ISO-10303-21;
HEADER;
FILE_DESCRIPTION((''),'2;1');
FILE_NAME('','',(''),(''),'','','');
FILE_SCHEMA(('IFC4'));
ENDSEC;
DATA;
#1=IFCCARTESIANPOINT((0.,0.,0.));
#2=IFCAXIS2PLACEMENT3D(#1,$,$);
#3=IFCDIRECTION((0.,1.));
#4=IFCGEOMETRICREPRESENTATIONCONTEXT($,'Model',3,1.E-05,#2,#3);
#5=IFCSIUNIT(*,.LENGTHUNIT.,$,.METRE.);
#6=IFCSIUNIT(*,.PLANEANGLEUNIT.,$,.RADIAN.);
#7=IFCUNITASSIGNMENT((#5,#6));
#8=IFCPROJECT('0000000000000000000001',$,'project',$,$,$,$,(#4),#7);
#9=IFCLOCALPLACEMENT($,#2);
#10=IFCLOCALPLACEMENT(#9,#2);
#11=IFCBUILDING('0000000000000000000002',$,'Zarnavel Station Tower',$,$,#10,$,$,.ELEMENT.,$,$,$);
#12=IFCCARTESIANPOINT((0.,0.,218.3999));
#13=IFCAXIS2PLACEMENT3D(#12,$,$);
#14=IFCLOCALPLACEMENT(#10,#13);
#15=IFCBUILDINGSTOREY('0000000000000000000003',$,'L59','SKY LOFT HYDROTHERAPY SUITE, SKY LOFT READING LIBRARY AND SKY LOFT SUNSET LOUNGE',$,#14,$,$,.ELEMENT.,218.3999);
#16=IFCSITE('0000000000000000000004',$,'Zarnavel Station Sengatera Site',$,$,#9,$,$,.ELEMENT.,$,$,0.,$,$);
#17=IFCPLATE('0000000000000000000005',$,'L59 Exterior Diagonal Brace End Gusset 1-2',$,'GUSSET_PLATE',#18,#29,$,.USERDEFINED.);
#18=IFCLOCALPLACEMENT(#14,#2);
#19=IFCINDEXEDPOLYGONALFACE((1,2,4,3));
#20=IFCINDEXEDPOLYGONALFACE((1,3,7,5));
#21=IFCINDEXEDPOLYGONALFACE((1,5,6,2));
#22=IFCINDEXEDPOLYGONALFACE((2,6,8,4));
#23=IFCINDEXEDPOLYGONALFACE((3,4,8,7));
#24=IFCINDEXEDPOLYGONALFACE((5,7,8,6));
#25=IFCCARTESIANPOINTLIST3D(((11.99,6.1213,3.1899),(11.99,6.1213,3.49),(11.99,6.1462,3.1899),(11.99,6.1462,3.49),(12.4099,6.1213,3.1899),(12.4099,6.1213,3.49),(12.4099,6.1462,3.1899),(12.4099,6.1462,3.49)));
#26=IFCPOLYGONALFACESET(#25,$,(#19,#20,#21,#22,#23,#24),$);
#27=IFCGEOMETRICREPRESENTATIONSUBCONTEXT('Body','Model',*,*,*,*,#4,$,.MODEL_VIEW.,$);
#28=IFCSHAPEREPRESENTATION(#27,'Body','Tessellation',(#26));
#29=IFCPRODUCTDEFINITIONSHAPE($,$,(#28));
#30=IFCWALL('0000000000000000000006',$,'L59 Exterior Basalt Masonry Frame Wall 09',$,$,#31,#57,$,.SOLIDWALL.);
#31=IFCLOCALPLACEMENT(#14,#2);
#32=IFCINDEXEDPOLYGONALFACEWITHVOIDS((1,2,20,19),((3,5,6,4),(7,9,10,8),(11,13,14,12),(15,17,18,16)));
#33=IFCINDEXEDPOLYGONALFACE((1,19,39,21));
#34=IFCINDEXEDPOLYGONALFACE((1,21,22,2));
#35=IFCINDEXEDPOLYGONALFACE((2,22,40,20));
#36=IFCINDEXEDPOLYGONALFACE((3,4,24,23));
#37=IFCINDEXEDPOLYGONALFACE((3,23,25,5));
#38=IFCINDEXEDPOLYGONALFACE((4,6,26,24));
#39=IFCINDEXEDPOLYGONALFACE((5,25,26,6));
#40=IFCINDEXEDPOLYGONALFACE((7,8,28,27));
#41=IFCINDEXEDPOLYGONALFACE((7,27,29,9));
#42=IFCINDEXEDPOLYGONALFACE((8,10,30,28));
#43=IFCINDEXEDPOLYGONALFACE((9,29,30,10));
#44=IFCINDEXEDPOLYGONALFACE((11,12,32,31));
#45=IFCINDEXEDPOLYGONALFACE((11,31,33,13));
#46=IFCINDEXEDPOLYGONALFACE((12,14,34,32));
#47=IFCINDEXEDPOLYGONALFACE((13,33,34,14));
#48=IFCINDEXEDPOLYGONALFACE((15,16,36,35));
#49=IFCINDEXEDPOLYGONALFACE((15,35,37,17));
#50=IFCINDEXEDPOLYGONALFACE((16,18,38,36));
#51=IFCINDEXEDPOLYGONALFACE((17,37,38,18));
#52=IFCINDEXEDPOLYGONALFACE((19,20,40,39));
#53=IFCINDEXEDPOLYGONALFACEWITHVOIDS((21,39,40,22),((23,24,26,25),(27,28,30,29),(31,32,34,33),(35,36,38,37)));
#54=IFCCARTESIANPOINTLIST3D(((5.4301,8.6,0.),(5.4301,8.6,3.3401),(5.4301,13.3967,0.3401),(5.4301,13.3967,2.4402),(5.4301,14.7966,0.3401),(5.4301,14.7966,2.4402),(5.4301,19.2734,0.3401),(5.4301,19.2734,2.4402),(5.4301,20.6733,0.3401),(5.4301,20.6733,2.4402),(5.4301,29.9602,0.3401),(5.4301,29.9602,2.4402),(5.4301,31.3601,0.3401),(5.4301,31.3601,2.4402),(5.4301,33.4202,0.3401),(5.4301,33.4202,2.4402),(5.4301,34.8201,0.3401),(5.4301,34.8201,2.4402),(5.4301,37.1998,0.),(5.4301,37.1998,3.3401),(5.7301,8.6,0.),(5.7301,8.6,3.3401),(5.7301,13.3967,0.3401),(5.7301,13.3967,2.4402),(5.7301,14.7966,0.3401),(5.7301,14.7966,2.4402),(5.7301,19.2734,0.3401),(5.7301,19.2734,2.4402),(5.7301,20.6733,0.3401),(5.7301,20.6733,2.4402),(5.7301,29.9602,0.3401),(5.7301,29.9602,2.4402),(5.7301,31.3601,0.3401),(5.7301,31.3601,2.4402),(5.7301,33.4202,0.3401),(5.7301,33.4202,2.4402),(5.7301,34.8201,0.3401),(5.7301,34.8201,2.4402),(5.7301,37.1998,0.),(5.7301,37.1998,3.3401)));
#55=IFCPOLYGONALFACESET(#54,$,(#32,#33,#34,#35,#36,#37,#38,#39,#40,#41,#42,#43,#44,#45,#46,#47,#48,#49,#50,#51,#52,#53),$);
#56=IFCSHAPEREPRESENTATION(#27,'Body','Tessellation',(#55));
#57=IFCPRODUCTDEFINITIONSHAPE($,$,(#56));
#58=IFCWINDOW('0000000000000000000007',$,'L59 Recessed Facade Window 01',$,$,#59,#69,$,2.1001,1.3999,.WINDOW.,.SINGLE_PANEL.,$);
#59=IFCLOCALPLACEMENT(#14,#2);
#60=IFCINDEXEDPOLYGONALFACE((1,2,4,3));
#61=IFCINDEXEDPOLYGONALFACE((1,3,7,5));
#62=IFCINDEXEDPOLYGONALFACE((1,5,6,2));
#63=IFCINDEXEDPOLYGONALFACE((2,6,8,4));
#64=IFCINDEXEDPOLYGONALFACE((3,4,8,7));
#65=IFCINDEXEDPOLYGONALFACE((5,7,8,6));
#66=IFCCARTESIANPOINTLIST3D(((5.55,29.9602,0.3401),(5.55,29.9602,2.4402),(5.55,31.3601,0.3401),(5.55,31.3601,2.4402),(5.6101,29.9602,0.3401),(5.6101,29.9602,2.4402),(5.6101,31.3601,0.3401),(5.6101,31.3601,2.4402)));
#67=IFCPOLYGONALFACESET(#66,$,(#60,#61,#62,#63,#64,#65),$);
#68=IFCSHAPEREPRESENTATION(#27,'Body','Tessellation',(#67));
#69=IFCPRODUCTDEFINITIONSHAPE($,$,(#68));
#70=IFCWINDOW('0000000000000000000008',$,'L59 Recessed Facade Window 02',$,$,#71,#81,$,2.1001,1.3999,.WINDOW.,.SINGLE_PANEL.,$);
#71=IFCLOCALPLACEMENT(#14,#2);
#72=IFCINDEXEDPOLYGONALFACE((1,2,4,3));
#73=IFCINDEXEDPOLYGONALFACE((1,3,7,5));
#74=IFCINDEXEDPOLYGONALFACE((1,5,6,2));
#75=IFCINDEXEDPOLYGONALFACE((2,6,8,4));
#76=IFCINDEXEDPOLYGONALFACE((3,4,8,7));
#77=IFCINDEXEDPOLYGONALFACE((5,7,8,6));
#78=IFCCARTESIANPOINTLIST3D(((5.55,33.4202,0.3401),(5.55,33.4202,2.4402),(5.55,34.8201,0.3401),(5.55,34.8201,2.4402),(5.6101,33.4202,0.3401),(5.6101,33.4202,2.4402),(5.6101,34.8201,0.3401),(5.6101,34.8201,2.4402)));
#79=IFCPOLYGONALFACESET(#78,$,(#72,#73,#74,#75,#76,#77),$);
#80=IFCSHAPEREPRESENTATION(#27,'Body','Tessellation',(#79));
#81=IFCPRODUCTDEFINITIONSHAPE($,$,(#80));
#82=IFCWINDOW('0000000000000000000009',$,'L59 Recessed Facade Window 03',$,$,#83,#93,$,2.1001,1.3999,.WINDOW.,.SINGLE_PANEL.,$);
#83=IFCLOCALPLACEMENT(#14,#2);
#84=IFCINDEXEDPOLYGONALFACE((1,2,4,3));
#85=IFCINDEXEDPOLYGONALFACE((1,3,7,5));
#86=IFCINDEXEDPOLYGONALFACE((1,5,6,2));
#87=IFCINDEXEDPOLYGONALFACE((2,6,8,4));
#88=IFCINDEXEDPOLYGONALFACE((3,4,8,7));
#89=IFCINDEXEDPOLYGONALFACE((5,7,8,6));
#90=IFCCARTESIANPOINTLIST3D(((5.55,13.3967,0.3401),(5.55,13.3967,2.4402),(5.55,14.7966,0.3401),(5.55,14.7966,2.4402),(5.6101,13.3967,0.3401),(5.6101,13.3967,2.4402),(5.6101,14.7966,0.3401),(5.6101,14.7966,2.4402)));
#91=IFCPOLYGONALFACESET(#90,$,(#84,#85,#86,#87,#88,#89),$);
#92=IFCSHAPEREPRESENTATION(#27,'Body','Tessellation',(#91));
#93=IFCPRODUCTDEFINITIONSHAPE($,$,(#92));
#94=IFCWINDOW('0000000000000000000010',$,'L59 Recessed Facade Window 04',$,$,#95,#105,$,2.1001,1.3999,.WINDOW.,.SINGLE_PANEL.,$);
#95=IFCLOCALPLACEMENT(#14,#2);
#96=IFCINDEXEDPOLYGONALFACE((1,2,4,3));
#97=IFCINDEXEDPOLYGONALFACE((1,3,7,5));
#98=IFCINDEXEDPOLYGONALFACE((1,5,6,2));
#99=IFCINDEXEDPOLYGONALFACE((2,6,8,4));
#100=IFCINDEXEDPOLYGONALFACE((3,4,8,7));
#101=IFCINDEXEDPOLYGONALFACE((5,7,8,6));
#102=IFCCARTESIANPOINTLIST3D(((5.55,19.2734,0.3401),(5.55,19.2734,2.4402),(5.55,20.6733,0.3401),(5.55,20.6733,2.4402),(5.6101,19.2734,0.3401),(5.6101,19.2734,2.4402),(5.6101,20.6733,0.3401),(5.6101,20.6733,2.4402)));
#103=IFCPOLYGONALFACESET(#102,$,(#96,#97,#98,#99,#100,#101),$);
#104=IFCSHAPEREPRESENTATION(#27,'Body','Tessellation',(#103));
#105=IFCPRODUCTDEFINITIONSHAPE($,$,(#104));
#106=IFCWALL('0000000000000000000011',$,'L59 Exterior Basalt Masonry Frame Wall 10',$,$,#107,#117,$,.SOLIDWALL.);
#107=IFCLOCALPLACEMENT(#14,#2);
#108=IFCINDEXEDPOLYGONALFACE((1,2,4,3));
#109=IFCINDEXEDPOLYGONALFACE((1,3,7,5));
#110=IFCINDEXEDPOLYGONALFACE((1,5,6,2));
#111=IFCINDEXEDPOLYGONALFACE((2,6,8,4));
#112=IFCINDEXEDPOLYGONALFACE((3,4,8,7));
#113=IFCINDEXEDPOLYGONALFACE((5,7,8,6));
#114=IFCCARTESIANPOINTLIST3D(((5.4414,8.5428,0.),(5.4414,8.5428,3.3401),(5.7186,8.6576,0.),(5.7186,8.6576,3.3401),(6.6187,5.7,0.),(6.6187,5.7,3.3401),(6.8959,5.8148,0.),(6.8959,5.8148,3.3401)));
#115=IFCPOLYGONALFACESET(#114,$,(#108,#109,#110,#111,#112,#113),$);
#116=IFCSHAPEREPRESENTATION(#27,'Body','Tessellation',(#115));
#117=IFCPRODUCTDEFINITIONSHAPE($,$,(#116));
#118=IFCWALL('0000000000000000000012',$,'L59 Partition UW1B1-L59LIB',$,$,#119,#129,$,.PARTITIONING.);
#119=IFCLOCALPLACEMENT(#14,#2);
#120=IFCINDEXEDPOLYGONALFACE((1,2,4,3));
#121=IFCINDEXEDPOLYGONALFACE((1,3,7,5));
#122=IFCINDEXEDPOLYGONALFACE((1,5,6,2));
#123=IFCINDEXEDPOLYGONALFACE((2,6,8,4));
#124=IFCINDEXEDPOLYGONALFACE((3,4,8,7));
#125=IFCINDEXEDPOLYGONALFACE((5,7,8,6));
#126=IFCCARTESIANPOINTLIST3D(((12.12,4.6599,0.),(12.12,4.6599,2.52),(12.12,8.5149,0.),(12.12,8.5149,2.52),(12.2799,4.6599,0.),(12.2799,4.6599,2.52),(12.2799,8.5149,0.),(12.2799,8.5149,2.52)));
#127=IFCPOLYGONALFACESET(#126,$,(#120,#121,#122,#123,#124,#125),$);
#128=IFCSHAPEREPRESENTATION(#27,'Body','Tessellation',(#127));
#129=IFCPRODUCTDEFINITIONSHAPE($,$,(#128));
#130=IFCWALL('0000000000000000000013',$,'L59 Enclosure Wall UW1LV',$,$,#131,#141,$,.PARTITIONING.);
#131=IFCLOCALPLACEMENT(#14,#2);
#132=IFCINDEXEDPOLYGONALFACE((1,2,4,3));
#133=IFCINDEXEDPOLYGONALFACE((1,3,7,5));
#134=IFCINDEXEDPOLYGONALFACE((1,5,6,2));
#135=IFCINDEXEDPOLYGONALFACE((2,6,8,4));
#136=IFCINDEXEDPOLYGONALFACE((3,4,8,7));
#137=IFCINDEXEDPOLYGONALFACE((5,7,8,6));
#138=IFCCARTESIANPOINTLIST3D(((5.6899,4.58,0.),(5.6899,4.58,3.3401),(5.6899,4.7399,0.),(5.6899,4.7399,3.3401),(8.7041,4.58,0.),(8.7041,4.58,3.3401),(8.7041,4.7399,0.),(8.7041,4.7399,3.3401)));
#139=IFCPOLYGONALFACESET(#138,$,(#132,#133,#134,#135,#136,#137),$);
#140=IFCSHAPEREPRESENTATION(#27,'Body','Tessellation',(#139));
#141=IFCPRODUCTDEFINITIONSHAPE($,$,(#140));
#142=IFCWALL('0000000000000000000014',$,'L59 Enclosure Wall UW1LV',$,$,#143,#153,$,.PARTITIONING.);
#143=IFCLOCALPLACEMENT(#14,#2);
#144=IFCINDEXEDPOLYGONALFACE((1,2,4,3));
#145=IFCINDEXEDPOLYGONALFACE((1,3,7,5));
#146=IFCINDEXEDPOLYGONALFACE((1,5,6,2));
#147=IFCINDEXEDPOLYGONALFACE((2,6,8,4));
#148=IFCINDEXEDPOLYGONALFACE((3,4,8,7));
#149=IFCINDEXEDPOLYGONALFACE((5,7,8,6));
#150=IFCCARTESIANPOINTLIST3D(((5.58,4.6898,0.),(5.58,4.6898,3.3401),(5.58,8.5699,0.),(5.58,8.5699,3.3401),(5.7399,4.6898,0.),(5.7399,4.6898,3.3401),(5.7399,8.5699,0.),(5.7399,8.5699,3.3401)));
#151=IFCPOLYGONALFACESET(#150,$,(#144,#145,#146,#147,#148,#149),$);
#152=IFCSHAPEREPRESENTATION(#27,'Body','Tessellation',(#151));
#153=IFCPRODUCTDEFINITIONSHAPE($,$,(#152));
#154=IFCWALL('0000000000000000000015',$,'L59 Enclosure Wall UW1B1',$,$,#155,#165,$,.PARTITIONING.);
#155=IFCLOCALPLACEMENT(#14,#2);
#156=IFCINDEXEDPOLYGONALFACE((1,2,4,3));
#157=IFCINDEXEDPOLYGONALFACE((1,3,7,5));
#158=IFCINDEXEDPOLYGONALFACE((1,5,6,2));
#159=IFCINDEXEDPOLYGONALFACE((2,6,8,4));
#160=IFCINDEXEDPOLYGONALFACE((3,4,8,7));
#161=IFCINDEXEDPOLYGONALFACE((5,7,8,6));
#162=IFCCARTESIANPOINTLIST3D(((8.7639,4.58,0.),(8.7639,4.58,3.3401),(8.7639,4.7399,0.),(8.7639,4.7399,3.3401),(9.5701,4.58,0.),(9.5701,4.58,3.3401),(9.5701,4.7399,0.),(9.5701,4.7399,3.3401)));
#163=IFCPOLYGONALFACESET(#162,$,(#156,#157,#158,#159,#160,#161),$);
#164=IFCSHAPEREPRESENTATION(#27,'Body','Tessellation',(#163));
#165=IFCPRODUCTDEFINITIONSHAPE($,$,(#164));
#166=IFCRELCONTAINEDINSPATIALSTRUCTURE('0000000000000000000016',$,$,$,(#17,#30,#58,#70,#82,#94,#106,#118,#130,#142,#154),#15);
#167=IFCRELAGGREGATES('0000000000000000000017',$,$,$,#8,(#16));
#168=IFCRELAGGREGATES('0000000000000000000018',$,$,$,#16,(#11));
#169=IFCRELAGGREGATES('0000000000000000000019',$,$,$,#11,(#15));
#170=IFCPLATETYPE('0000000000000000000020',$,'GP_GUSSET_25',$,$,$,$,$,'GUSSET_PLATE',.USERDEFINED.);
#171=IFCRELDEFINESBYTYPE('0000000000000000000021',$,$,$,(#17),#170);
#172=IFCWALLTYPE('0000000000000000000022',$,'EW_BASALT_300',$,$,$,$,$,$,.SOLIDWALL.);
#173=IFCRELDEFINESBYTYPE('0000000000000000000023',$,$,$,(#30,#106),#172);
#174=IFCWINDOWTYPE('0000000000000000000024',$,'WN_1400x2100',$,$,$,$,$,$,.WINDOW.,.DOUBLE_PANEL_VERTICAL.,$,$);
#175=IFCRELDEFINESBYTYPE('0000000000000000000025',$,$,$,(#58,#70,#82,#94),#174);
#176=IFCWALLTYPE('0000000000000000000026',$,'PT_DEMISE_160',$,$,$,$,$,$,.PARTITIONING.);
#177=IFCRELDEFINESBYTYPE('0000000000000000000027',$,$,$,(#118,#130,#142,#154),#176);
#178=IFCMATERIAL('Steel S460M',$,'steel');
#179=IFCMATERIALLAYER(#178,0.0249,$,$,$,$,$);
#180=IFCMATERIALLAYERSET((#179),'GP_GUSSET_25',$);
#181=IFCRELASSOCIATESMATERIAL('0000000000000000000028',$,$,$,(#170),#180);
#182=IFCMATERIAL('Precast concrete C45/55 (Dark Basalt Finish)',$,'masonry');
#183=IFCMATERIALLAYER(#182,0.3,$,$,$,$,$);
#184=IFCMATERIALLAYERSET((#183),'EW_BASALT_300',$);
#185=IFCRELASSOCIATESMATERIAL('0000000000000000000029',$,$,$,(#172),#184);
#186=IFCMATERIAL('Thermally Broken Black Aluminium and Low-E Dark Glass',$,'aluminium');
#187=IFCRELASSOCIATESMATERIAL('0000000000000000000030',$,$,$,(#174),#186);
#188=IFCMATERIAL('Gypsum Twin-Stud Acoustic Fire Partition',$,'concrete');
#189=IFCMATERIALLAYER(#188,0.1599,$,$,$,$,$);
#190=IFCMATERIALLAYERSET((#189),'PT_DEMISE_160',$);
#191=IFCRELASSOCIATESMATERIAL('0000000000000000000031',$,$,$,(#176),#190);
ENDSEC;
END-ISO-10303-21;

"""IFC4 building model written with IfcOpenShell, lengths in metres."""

from ifc_helpers import new_model, si_unit, direction, frame, frame_2d, origin, origin_2d, place, context, subcontext, project, spatial, rectangle, extrude, material, layer, layer_set, type_object, element, fill, save


model = new_model("IFC4")

# Units and contexts
model_context = context("Model", 3, precision=1e-05, world=origin(), true_north=direction((0.0, 1.0)))
body_context = subcontext(model_context, "Body", "Model", "MODEL_VIEW")
ifc_project = project(units=[si_unit("LENGTHUNIT", "METRE"), si_unit("PLANEANGLEUNIT", "RADIAN")], contexts=[model_context])

# Site, building, storey
site_placement = place(None, origin())
site = spatial("IfcSite", under=ifc_project, at=site_placement, Name="Zarnavel Station Sengatera Site", CompositionType="ELEMENT", RefElevation=0.0)
building_placement = place(site_placement, origin())
building = spatial("IfcBuilding", under=site, at=building_placement, Name="Zarnavel Station Tower", CompositionType="ELEMENT")
storey_placement = place(building_placement, frame((0.0, 0.0, 218.3999)))
storey = spatial("IfcBuildingStorey", under=building, at=storey_placement, Name="L59", Description="SKY LOFT HYDROTHERAPY SUITE, SKY LOFT READING LIBRARY AND SKY LOFT SUNSET LOUNGE", CompositionType="ELEMENT", Elevation=218.3999)

# Plate
ifc_material_1 = material(Name="Steel S460M", Category="steel")
ifc_layer_1 = layer(ifc_material_1, 0.0249)
ifc_layer_set_1 = layer_set([ifc_layer_1], Name="GP_GUSSET_25")
plate_type = type_object("IfcPlateType", Name="GP_GUSSET_25", ElementType="GUSSET_PLATE", PredefinedType="USERDEFINED", material=ifc_layer_set_1)
plate_placement = place(storey_placement, frame((12.2, 6.1338, 3.1899), z_axis=(0.0, 0.0, 1.0), x_axis=(1.0, 0.0, 0.0)))
element("IfcPlate", 1, at=plate_placement, inside=storey, type_object=plate_type, Name="L59 Exterior Diagonal Brace End Gusset 1-2", ObjectType="GUSSET_PLATE", PredefinedType="USERDEFINED", context=body_context, shape_type="SweptSolid", body=[
    extrude(rectangle(XDim=0.4199, YDim=0.0249, at=origin_2d()), origin(), (0.0, 0.0, 1.0), 0.3),
])

# Wall, openings, windows
ifc_material_2 = material(Name="Precast concrete C45/55 (Dark Basalt Finish)", Category="masonry")
ifc_layer_2 = layer(ifc_material_2, 0.3)
ifc_layer_set_2 = layer_set([ifc_layer_2], Name="EW_BASALT_300")
wall_type_1 = type_object("IfcWallType", Name="EW_BASALT_300", PredefinedType="SOLIDWALL", material=ifc_layer_set_2)
wall_1_placement = place(storey_placement, frame((5.5801, 8.6001, 0.0), z_axis=(0.0, 0.0, 1.0), x_axis=(0.0, 1.0, 0.0)))
wall_1 = element("IfcWall", 2, at=wall_1_placement, inside=storey, type_object=wall_type_1, Name="L59 Exterior Basalt Masonry Frame Wall 09", PredefinedType="SOLIDWALL", context=body_context, shape_type="SweptSolid", body=[
    extrude(rectangle(XDim=28.5999, YDim=0.3, at=frame_2d((14.2998, 0.0))), origin(), (0.0, 0.0, 1.0), 3.3401),
])
opening_1_placement = place(wall_1_placement, frame((21.3601, 0.0, 0.3401)))
opening_1 = element("IfcOpeningElement", 3, at=opening_1_placement, cuts=wall_1, PredefinedType="OPENING", context=body_context, shape_type="SweptSolid", body=[
    extrude(rectangle(XDim=1.3999, YDim=2.1001, at=frame_2d((0.7, 1.05))), frame((0.0, 0.1599, 0.0), z_axis=(0.0, -1.0, 0.0), x_axis=(1.0, 0.0, 0.0)), (0.0, 0.0, 1.0), 0.3201),
])
opening_2_placement = place(wall_1_placement, frame((24.8201, 0.0, 0.3401)))
opening_2 = element("IfcOpeningElement", 4, at=opening_2_placement, cuts=wall_1, PredefinedType="OPENING", context=body_context, shape_type="SweptSolid", body=[
    extrude(rectangle(XDim=1.3999, YDim=2.1001, at=frame_2d((0.7, 1.05))), frame((0.0, 0.1599, 0.0), z_axis=(0.0, -1.0, 0.0), x_axis=(1.0, 0.0, 0.0)), (0.0, 0.0, 1.0), 0.3201),
])
opening_3_placement = place(wall_1_placement, frame((4.7966, 0.0, 0.3401)))
opening_3 = element("IfcOpeningElement", 5, at=opening_3_placement, cuts=wall_1, PredefinedType="OPENING", context=body_context, shape_type="SweptSolid", body=[
    extrude(rectangle(XDim=1.3999, YDim=2.1001, at=frame_2d((0.7, 1.05))), frame((0.0, 0.1599, 0.0), z_axis=(0.0, -1.0, 0.0), x_axis=(1.0, 0.0, 0.0)), (0.0, 0.0, 1.0), 0.3201),
])
opening_4_placement = place(wall_1_placement, frame((10.6733, 0.0, 0.3401)))
opening_4 = element("IfcOpeningElement", 6, at=opening_4_placement, cuts=wall_1, PredefinedType="OPENING", context=body_context, shape_type="SweptSolid", body=[
    extrude(rectangle(XDim=1.3999, YDim=2.1001, at=frame_2d((0.7, 1.05))), frame((0.0, 0.1599, 0.0), z_axis=(0.0, -1.0, 0.0), x_axis=(1.0, 0.0, 0.0)), (0.0, 0.0, 1.0), 0.3201),
])
ifc_material_3 = material(Name="Thermally Broken Black Aluminium and Low-E Dark Glass", Category="aluminium")
window_type = type_object("IfcWindowType", Name="WN_1400x2100", PartitioningType="DOUBLE_PANEL_VERTICAL", PredefinedType="WINDOW", material=ifc_material_3)
window_1_placement = place(opening_1_placement, origin())
window_1 = element("IfcWindow", 7, at=window_1_placement, inside=storey, type_object=window_type, Name="L59 Recessed Facade Window 01", OverallHeight=2.1001, OverallWidth=1.3999, PartitioningType="SINGLE_PANEL", PredefinedType="WINDOW", context=body_context, shape_type="SweptSolid", body=[
    extrude(rectangle(XDim=1.3999, YDim=2.1001, at=frame_2d((0.7, 1.05))), frame((0.0, 0.03, 0.0), z_axis=(0.0, -1.0, 0.0), x_axis=(1.0, 0.0, 0.0)), (0.0, 0.0, 1.0), 0.0601),
])
fill(opening_1, window_1)
window_2_placement = place(opening_2_placement, origin())
window_2 = element("IfcWindow", 8, at=window_2_placement, inside=storey, type_object=window_type, Name="L59 Recessed Facade Window 02", OverallHeight=2.1001, OverallWidth=1.3999, PartitioningType="SINGLE_PANEL", PredefinedType="WINDOW", context=body_context, shape_type="SweptSolid", body=[
    extrude(rectangle(XDim=1.3999, YDim=2.1001, at=frame_2d((0.7, 1.05))), frame((0.0, 0.03, 0.0), z_axis=(0.0, -1.0, 0.0), x_axis=(1.0, 0.0, 0.0)), (0.0, 0.0, 1.0), 0.0601),
])
fill(opening_2, window_2)
window_3_placement = place(opening_3_placement, origin())
window_3 = element("IfcWindow", 9, at=window_3_placement, inside=storey, type_object=window_type, Name="L59 Recessed Facade Window 03", OverallHeight=2.1001, OverallWidth=1.3999, PartitioningType="SINGLE_PANEL", PredefinedType="WINDOW", context=body_context, shape_type="SweptSolid", body=[
    extrude(rectangle(XDim=1.3999, YDim=2.1001, at=frame_2d((0.7, 1.05))), frame((0.0, 0.03, 0.0), z_axis=(0.0, -1.0, 0.0), x_axis=(1.0, 0.0, 0.0)), (0.0, 0.0, 1.0), 0.0601),
])
fill(opening_3, window_3)
window_4_placement = place(opening_4_placement, origin())
window_4 = element("IfcWindow", 10, at=window_4_placement, inside=storey, type_object=window_type, Name="L59 Recessed Facade Window 04", OverallHeight=2.1001, OverallWidth=1.3999, PartitioningType="SINGLE_PANEL", PredefinedType="WINDOW", context=body_context, shape_type="SweptSolid", body=[
    extrude(rectangle(XDim=1.3999, YDim=2.1001, at=frame_2d((0.7, 1.05))), frame((0.0, 0.03, 0.0), z_axis=(0.0, -1.0, 0.0), x_axis=(1.0, 0.0, 0.0)), (0.0, 0.0, 1.0), 0.0601),
])
fill(opening_4, window_4)

# Walls
wall_2_placement = place(storey_placement, frame((6.7573, 5.7573, 0.0), z_axis=(0.0, 0.0, 1.0), x_axis=(-0.382609, 0.92391, 0.0)))
element("IfcWall", 11, at=wall_2_placement, inside=storey, type_object=wall_type_1, Name="L59 Exterior Basalt Masonry Frame Wall 10", PredefinedType="SOLIDWALL", context=body_context, shape_type="SweptSolid", body=[
    extrude(rectangle(XDim=3.0769, YDim=0.3, at=frame_2d((1.5386, 0.0))), origin(), (0.0, 0.0, 1.0), 3.3401),
])
ifc_material_4 = material(Name="Gypsum Twin-Stud Acoustic Fire Partition", Category="concrete")
ifc_layer_3 = layer(ifc_material_4, 0.1599)
ifc_layer_set_3 = layer_set([ifc_layer_3], Name="PT_DEMISE_160")
wall_type_2 = type_object("IfcWallType", Name="PT_DEMISE_160", PredefinedType="PARTITIONING", material=ifc_layer_set_3)
wall_3_placement = place(storey_placement, frame((12.2, 4.6599, 0.0), z_axis=(0.0, 0.0, 1.0), x_axis=(0.0, 1.0, 0.0)))
element("IfcWall", 12, at=wall_3_placement, inside=storey, type_object=wall_type_2, Name="L59 Partition UW1B1-L59LIB", PredefinedType="PARTITIONING", context=body_context, shape_type="SweptSolid", body=[
    extrude(rectangle(XDim=3.855, YDim=0.1599, at=frame_2d((1.9275, 0.0))), origin(), (0.0, 0.0, 1.0), 2.52),
])
wall_4_placement = place(storey_placement, frame((5.6899, 4.6599, 0.0), z_axis=(0.0, 0.0, 1.0), x_axis=(1.0, 0.0, 0.0)))
element("IfcWall", 13, at=wall_4_placement, inside=storey, type_object=wall_type_2, Name="L59 Enclosure Wall UW1LV", PredefinedType="PARTITIONING", context=body_context, shape_type="SweptSolid", body=[
    extrude(rectangle(XDim=3.0142, YDim=0.1599, at=frame_2d((1.5071, 0.0))), origin(), (0.0, 0.0, 1.0), 3.3401),
])
wall_5_placement = place(storey_placement, frame((5.6599, 4.6899, 0.0), z_axis=(0.0, 0.0, 1.0), x_axis=(0.0, 1.0, 0.0)))
element("IfcWall", 14, at=wall_5_placement, inside=storey, type_object=wall_type_2, Name="L59 Enclosure Wall UW1LV", PredefinedType="PARTITIONING", context=body_context, shape_type="SweptSolid", body=[
    extrude(rectangle(XDim=3.8801, YDim=0.1599, at=frame_2d((1.9399, 0.0))), origin(), (0.0, 0.0, 1.0), 3.3401),
])
wall_6_placement = place(storey_placement, frame((8.7639, 4.6599, 0.0), z_axis=(0.0, 0.0, 1.0), x_axis=(1.0, 0.0, 0.0)))
element("IfcWall", 15, at=wall_6_placement, inside=storey, type_object=wall_type_2, Name="L59 Enclosure Wall UW1B1", PredefinedType="PARTITIONING", context=body_context, shape_type="SweptSolid", body=[
    extrude(rectangle(XDim=0.8062, YDim=0.1599, at=frame_2d((0.4031, 0.0))), origin(), (0.0, 0.0, 1.0), 3.3401),
])

save(model, "model.ifc")
